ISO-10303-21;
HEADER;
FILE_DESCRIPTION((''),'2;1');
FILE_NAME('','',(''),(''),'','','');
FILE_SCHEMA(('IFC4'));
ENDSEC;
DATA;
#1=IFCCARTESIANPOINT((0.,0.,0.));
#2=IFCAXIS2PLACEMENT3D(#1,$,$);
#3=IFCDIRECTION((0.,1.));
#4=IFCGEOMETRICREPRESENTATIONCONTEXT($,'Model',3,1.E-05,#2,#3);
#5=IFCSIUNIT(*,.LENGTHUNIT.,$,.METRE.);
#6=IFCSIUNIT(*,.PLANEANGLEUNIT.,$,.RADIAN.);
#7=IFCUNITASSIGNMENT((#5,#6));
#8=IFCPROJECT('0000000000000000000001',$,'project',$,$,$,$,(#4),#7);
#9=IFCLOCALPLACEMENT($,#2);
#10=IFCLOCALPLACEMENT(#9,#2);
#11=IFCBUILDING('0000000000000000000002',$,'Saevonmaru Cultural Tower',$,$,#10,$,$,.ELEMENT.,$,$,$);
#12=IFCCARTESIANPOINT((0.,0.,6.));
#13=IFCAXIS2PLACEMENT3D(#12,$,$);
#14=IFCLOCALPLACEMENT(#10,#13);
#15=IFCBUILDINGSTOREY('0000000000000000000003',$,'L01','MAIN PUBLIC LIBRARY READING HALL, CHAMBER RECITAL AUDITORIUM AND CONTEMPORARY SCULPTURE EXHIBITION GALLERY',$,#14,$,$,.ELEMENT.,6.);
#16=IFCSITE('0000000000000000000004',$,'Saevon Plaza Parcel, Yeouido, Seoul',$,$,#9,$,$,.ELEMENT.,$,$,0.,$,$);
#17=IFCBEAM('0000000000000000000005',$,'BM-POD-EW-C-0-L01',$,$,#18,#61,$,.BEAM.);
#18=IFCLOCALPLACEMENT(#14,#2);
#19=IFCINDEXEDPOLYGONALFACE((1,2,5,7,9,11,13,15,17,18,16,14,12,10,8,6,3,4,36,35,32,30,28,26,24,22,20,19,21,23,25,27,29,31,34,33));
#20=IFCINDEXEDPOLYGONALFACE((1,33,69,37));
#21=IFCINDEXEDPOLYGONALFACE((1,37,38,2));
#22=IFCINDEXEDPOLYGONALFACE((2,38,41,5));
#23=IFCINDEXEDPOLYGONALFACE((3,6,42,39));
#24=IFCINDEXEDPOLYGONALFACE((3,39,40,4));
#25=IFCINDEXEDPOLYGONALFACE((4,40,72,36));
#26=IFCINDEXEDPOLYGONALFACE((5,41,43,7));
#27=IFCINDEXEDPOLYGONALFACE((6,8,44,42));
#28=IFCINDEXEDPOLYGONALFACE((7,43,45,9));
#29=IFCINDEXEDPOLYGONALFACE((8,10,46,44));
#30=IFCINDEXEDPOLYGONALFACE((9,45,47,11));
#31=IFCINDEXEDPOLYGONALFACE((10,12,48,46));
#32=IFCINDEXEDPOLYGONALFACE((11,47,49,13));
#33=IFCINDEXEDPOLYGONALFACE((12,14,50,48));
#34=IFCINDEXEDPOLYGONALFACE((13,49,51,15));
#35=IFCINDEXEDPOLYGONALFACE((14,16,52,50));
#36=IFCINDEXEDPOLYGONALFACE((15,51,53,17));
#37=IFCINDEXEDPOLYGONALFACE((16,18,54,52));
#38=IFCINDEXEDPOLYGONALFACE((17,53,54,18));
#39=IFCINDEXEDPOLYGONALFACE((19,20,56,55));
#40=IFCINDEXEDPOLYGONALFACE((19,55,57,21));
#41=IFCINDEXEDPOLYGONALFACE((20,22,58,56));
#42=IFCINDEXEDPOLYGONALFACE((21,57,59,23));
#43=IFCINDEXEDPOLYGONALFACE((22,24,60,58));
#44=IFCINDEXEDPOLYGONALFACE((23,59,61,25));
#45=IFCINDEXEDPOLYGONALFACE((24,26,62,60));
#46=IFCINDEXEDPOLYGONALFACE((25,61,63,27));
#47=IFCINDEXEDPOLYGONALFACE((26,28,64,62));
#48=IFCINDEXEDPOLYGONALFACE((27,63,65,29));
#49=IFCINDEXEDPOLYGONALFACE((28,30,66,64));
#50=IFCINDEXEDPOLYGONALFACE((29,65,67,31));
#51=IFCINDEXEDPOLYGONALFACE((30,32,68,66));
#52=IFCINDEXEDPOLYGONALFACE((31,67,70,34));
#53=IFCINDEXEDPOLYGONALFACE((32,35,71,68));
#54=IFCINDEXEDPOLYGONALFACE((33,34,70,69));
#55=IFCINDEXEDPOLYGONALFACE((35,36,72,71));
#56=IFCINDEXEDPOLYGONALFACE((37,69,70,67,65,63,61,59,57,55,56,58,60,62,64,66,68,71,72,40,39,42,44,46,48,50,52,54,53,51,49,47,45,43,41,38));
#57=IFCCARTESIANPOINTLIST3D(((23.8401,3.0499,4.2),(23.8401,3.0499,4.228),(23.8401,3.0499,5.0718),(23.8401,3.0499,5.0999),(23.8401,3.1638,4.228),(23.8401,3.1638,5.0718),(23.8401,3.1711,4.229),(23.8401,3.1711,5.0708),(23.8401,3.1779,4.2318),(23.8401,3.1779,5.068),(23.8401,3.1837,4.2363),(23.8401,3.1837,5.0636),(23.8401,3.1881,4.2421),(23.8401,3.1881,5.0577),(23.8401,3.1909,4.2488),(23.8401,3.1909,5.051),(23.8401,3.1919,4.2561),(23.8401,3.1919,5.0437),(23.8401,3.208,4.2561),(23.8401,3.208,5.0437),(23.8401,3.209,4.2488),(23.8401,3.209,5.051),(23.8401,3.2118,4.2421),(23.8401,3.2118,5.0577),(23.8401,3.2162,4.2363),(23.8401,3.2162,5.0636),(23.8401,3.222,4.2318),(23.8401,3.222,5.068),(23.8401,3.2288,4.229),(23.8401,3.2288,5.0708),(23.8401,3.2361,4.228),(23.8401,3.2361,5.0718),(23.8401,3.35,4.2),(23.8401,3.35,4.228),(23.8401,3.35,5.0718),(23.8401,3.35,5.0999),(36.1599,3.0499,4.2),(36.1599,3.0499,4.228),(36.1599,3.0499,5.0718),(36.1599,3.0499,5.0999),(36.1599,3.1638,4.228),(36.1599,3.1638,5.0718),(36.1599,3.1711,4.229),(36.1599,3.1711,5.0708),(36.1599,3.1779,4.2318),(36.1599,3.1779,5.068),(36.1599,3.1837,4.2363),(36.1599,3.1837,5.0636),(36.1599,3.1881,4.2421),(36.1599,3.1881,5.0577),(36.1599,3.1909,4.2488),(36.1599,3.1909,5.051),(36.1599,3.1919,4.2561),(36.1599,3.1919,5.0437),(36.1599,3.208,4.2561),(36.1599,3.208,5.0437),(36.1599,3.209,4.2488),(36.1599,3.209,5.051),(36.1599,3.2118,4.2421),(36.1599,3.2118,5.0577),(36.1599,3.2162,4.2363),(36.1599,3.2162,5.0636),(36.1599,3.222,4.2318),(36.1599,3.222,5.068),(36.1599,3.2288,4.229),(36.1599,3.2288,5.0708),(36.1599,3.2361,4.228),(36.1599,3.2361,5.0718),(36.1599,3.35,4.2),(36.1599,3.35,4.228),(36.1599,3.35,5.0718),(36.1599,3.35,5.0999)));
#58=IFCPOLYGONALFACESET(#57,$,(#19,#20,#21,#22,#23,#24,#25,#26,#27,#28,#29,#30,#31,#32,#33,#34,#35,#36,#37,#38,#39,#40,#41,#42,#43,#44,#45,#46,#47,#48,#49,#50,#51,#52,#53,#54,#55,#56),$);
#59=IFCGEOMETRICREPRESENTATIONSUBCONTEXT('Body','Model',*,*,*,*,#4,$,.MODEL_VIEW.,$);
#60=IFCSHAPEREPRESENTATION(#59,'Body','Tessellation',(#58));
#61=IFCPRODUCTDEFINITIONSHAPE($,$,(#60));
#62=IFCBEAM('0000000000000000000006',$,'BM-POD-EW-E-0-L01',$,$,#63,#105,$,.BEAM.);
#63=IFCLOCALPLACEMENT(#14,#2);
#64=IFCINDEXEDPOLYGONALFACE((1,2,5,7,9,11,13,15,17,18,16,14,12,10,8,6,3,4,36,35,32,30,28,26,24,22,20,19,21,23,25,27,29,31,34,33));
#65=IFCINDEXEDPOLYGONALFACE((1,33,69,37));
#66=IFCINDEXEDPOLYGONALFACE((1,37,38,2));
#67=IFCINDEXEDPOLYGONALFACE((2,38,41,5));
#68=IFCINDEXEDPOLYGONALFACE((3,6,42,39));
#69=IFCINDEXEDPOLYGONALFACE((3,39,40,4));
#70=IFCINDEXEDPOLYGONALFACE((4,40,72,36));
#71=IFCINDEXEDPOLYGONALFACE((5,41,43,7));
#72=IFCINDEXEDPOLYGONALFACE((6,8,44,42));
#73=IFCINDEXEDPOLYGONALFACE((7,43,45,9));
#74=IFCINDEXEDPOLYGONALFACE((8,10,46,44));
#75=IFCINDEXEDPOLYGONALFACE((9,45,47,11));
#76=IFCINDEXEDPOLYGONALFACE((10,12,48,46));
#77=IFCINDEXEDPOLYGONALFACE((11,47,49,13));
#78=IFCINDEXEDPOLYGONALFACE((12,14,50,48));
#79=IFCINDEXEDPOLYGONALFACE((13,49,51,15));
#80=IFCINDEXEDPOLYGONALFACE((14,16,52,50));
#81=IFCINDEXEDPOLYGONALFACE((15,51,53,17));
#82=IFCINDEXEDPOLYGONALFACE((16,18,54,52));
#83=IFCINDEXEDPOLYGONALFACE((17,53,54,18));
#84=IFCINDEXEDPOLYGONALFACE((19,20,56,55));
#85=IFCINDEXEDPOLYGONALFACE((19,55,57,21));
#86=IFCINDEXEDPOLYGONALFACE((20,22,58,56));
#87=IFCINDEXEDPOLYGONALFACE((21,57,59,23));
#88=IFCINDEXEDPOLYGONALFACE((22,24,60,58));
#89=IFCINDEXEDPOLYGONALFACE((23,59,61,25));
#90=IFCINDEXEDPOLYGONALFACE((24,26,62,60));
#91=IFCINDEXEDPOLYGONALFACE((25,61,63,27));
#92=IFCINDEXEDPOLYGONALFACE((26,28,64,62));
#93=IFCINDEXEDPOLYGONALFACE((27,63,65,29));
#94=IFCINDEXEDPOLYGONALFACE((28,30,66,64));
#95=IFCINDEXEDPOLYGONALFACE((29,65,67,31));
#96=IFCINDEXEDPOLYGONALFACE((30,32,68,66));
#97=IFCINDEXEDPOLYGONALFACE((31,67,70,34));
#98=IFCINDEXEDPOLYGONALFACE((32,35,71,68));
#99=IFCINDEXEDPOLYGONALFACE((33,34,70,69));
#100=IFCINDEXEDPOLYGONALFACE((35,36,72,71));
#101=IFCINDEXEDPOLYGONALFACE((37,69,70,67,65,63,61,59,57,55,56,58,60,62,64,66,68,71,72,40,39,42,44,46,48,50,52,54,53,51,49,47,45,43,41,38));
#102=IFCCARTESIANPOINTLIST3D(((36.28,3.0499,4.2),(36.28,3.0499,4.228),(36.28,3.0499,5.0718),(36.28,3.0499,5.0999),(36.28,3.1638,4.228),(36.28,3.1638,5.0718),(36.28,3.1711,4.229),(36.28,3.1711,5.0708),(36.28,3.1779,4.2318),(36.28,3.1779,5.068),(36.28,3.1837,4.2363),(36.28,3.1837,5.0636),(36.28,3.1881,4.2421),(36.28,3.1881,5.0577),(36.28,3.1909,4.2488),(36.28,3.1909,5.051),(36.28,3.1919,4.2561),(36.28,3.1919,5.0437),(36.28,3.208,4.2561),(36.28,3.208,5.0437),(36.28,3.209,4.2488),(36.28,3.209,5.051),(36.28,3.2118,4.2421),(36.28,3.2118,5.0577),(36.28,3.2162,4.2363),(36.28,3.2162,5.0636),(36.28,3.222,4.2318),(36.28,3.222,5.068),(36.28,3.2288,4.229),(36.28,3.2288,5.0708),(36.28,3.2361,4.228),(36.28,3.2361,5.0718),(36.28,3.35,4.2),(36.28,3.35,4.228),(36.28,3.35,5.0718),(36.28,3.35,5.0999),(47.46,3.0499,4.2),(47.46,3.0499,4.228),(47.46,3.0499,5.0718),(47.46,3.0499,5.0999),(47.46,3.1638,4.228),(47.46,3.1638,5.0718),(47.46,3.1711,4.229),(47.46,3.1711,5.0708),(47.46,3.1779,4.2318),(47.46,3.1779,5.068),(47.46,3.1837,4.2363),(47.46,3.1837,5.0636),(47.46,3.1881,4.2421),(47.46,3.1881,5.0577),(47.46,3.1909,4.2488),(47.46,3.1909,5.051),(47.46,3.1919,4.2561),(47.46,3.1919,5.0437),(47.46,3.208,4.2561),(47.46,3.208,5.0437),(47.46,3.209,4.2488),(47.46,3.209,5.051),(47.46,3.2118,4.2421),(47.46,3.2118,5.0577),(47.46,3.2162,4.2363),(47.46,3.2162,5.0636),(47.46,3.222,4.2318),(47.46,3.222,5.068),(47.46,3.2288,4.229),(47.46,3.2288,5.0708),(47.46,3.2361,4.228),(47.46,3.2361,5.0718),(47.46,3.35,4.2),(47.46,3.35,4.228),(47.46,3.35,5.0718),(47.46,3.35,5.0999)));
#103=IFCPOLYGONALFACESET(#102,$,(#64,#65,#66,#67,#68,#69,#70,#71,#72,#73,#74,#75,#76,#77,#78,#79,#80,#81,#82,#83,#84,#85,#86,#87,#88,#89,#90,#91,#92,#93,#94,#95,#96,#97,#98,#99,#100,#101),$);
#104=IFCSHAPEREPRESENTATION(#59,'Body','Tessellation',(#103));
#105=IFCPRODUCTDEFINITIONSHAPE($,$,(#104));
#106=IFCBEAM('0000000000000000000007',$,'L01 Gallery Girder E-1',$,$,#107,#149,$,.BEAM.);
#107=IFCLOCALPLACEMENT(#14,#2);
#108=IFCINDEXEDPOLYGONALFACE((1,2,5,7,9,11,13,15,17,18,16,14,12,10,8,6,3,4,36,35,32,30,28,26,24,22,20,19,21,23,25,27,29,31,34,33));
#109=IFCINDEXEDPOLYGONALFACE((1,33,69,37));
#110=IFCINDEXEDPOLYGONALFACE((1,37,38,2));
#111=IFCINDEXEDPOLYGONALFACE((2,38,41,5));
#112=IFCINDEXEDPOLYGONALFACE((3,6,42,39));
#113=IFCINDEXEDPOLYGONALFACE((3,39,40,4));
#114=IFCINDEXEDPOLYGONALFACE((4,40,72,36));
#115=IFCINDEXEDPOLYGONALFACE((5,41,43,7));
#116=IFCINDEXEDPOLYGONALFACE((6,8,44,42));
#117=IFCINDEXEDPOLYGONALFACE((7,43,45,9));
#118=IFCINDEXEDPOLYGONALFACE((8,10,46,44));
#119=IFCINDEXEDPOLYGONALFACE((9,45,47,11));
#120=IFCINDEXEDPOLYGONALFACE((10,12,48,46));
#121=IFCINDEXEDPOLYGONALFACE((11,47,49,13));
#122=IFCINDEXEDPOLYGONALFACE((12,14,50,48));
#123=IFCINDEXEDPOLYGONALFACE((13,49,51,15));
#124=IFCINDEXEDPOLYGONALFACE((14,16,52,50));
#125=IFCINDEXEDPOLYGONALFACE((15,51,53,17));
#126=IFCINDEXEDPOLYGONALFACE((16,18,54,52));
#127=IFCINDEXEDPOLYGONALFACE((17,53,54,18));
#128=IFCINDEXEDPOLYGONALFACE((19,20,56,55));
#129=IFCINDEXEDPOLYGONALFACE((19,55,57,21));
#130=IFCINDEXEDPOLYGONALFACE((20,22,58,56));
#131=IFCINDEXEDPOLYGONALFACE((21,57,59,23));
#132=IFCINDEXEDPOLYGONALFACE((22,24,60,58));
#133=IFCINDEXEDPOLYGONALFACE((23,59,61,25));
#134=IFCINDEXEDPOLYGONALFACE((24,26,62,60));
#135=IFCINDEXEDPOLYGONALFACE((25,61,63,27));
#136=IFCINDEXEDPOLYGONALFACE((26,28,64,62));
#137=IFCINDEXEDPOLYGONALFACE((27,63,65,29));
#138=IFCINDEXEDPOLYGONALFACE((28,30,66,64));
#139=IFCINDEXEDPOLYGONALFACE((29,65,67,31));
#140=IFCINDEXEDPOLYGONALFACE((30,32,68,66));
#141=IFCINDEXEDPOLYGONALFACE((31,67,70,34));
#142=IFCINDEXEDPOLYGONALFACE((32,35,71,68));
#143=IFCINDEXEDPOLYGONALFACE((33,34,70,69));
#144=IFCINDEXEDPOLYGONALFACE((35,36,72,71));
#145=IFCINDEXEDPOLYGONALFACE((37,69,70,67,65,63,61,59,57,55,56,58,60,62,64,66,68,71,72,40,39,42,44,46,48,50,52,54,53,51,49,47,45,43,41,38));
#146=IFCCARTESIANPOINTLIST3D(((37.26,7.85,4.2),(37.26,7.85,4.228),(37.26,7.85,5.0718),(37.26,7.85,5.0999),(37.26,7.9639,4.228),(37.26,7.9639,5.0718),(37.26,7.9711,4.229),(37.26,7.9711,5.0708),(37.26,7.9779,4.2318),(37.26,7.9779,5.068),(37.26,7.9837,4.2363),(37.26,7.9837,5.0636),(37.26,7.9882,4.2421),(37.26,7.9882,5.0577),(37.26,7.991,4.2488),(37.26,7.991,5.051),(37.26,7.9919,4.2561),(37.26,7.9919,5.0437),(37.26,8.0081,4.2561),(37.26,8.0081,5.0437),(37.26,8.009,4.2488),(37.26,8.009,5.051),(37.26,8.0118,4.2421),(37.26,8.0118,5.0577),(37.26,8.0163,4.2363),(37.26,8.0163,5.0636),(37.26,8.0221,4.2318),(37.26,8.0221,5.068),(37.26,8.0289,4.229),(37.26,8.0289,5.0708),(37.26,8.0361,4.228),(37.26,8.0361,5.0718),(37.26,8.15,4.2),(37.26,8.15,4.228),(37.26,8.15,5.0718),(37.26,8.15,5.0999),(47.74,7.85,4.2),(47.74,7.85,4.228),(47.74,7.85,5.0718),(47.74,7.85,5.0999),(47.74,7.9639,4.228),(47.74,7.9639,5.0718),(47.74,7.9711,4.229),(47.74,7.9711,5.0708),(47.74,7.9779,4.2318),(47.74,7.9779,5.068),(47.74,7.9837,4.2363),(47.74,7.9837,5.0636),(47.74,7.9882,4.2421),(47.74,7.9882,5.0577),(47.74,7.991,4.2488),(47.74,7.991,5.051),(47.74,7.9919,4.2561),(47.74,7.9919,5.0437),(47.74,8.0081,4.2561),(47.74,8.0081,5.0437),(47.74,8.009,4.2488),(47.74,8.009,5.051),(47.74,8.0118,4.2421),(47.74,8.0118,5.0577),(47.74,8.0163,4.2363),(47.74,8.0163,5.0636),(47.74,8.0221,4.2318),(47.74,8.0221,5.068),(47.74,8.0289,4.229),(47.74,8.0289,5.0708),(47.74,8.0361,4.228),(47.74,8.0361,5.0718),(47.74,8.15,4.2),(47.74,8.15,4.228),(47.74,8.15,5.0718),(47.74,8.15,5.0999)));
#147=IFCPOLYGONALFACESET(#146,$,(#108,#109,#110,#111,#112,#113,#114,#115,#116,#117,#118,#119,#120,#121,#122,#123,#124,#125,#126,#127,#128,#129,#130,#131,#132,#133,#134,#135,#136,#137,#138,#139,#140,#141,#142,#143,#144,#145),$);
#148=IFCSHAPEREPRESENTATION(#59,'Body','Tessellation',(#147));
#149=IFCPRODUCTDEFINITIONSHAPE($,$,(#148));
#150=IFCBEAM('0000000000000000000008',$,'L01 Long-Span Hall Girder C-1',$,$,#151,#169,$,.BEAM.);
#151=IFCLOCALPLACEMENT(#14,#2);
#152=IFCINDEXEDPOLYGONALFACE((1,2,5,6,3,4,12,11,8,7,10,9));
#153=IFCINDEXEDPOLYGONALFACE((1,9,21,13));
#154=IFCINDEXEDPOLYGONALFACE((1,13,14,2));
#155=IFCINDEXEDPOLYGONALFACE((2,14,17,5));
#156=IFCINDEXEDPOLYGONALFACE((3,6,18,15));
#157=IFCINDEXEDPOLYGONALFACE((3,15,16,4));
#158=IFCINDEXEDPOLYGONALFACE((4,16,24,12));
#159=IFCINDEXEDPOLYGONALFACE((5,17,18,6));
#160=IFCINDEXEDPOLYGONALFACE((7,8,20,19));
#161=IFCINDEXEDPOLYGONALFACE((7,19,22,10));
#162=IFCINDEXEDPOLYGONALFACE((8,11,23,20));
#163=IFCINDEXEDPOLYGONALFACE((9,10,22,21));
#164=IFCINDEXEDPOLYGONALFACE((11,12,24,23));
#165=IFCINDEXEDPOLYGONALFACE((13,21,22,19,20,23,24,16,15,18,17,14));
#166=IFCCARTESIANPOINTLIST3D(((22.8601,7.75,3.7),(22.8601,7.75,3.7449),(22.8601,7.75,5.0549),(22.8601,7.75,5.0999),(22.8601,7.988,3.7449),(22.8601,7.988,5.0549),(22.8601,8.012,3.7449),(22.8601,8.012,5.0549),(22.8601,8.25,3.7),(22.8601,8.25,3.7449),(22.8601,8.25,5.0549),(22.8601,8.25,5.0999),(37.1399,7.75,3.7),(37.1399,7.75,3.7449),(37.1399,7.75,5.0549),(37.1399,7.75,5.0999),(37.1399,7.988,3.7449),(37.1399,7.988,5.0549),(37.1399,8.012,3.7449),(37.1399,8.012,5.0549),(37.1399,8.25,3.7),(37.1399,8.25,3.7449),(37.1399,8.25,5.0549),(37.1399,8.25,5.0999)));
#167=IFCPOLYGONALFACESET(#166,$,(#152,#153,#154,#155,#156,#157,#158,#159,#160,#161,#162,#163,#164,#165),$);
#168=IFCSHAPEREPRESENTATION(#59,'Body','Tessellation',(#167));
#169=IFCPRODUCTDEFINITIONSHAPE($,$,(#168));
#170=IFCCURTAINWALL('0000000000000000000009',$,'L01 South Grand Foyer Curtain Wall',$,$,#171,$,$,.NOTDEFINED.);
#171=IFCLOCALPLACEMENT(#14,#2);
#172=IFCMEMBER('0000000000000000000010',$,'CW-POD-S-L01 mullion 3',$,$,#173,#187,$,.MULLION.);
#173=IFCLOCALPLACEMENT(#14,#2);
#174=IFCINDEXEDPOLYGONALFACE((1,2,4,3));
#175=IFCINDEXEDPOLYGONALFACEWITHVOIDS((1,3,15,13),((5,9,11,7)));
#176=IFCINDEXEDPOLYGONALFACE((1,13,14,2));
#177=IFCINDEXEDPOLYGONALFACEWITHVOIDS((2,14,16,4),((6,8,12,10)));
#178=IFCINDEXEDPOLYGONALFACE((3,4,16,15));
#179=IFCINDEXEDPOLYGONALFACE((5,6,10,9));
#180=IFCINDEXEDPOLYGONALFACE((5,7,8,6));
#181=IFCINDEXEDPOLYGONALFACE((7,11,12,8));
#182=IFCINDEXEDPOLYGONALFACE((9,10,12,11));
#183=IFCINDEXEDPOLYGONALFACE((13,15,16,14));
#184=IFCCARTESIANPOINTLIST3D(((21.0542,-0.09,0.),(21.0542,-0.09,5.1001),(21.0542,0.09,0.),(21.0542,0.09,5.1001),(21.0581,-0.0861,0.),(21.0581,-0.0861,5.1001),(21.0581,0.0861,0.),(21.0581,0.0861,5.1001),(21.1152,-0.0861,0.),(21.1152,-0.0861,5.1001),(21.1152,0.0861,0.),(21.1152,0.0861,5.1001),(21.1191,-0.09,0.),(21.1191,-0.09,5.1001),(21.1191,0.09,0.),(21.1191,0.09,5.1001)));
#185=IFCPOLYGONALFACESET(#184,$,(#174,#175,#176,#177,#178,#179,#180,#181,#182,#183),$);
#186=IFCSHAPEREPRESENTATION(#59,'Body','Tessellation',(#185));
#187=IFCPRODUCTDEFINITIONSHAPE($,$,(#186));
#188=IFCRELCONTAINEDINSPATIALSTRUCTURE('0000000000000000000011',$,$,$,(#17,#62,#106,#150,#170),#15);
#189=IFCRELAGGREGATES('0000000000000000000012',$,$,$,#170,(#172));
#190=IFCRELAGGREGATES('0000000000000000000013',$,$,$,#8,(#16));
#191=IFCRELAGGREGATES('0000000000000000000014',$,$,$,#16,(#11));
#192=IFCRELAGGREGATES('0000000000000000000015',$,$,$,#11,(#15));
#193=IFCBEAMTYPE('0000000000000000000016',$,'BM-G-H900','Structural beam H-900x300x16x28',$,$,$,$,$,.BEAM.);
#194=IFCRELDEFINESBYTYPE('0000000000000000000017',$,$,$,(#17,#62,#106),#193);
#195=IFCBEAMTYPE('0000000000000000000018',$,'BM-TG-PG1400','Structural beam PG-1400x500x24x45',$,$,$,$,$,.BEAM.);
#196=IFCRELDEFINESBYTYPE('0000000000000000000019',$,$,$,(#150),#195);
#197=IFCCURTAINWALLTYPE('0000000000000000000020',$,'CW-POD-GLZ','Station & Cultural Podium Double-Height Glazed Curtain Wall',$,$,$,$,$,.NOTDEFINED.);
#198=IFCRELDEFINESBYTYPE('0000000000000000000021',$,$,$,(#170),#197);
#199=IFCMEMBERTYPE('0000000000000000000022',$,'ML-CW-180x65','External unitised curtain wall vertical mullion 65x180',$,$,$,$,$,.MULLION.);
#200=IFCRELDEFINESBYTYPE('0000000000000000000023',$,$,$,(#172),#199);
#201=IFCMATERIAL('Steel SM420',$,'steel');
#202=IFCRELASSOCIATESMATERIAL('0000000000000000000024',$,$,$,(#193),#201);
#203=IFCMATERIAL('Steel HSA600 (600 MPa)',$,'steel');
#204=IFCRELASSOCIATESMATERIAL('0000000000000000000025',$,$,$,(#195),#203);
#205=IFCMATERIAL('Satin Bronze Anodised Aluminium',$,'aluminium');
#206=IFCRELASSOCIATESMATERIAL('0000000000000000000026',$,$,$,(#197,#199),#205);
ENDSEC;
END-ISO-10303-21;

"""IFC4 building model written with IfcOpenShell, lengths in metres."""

from ifc_helpers import new_model, si_unit, direction, frame, origin, origin_2d, place, context, subcontext, project, spatial, hollow_rectangle, i_section, extrude, material, material_profile, profile_set, type_object, element, aggregate, save


model = new_model("IFC4")

# Units and contexts
model_context = context("Model", 3, precision=1e-05, world=origin(), true_north=direction((0.0, 1.0)))
body_context = subcontext(model_context, "Body", "Model", "MODEL_VIEW")
ifc_project = project(units=[si_unit("LENGTHUNIT", "METRE"), si_unit("PLANEANGLEUNIT", "RADIAN")], contexts=[model_context])

# Site, building, storey
site_placement = place(None, origin())
site = spatial("IfcSite", under=ifc_project, at=site_placement, Name="Saevon Plaza Parcel, Yeouido, Seoul", CompositionType="ELEMENT", RefElevation=0.0)
building_placement = place(site_placement, origin())
building = spatial("IfcBuilding", under=site, at=building_placement, Name="Saevonmaru Cultural Tower", CompositionType="ELEMENT")
storey_placement = place(building_placement, frame((0.0, 0.0, 6.0)))
storey = spatial("IfcBuildingStorey", under=building, at=storey_placement, Name="L01", Description="MAIN PUBLIC LIBRARY READING HALL, CHAMBER RECITAL AUDITORIUM AND CONTEMPORARY SCULPTURE EXHIBITION GALLERY", CompositionType="ELEMENT", Elevation=6.0)

# Shared definitions
ifc_material_1 = material(Name="Steel SM420", Category="steel")
ifc_material_2 = material(Name="Steel HSA600 (600 MPa)", Category="steel")

# Beams
ifc_material_profile_1 = material_profile(ifc_material_1, i_section(OverallWidth=0.3, OverallDepth=0.8999, WebThickness=0.0161, FlangeThickness=0.0281, FilletRadius=0.0281, at=origin_2d()), Name="H-900x300x16x28")
ifc_profile_set_1 = profile_set([ifc_material_profile_1], Name="Steel SM420")
beam_type_1 = type_object("IfcBeamType", Name="BM-G-H900", Description="Structural beam H-900x300x16x28", PredefinedType="BEAM", material=ifc_profile_set_1)
beam_1_placement = place(storey_placement, frame((23.8401, 3.2, 4.6499), z_axis=(1.0, 0.0, 0.0), x_axis=(0.0, 1.0, 0.0)))
element("IfcBeam", 1, at=beam_1_placement, inside=storey, type_object=beam_type_1, Name="BM-POD-EW-C-0-L01", PredefinedType="BEAM", context=body_context, shape_type="SweptSolid", body=[
    extrude(i_section(OverallWidth=0.3, OverallDepth=0.8999, WebThickness=0.0161, FlangeThickness=0.0281, FilletRadius=0.0281, at=origin_2d()), origin(), (0.0, 0.0, 1.0), 12.3198),
])
beam_2_placement = place(storey_placement, frame((36.28, 3.2, 4.6499), z_axis=(1.0, 0.0, 0.0), x_axis=(0.0, 1.0, 0.0)))
element("IfcBeam", 2, at=beam_2_placement, inside=storey, type_object=beam_type_1, Name="BM-POD-EW-E-0-L01", PredefinedType="BEAM", context=body_context, shape_type="SweptSolid", body=[
    extrude(i_section(OverallWidth=0.3, OverallDepth=0.8999, WebThickness=0.0161, FlangeThickness=0.0281, FilletRadius=0.0281, at=origin_2d()), origin(), (0.0, 0.0, 1.0), 11.1799),
])
beam_3_placement = place(storey_placement, frame((37.26, 8.0, 4.6499), z_axis=(1.0, 0.0, 0.0), x_axis=(0.0, 1.0, 0.0)))
element("IfcBeam", 3, at=beam_3_placement, inside=storey, type_object=beam_type_1, Name="L01 Gallery Girder E-1", PredefinedType="BEAM", context=body_context, shape_type="SweptSolid", body=[
    extrude(i_section(OverallWidth=0.3, OverallDepth=0.8999, WebThickness=0.0161, FlangeThickness=0.0281, FilletRadius=0.0281, at=origin_2d()), origin(), (0.0, 0.0, 1.0), 10.48),
])
ifc_material_profile_2 = material_profile(ifc_material_2, i_section(OverallWidth=0.5, OverallDepth=1.3999, WebThickness=0.0239, FlangeThickness=0.0449, at=origin_2d()), Name="PG-1400x500x24x45")
ifc_profile_set_2 = profile_set([ifc_material_profile_2], Name="Steel HSA600 (600 MPa)")
beam_type_2 = type_object("IfcBeamType", Name="BM-TG-PG1400", Description="Structural beam PG-1400x500x24x45", PredefinedType="BEAM", material=ifc_profile_set_2)
beam_4_placement = place(storey_placement, frame((22.8601, 8.0, 4.3999), z_axis=(1.0, 0.0, 0.0), x_axis=(0.0, 1.0, 0.0)))
element("IfcBeam", 4, at=beam_4_placement, inside=storey, type_object=beam_type_2, Name="L01 Long-Span Hall Girder C-1", PredefinedType="BEAM", context=body_context, shape_type="SweptSolid", body=[
    extrude(i_section(OverallWidth=0.5, OverallDepth=1.3999, WebThickness=0.0239, FlangeThickness=0.0449, at=origin_2d()), origin(), (0.0, 0.0, 1.0), 14.2798),
])

# Curtain wall, member
ifc_material_3 = material(Name="Satin Bronze Anodised Aluminium", Category="aluminium")
curtain_wall_type = type_object("IfcCurtainWallType", Name="CW-POD-GLZ", Description="Station & Cultural Podium Double-Height Glazed Curtain Wall", PredefinedType="NOTDEFINED", material=ifc_material_3)
curtain_wall_placement = place(storey_placement, origin())
curtain_wall = element("IfcCurtainWall", 5, at=curtain_wall_placement, inside=storey, type_object=curtain_wall_type, Name="L01 South Grand Foyer Curtain Wall", PredefinedType="NOTDEFINED")
ifc_material_profile_3 = material_profile(ifc_material_3, hollow_rectangle(XDim=0.0649, YDim=0.1799, WallThickness=0.0039, at=origin_2d()), Name="ALU-MULL-180x65x4")
ifc_profile_set_3 = profile_set([ifc_material_profile_3], Name="Satin Bronze Anodised Aluminium")
member_type_1 = type_object("IfcMemberType", Name="ML-CW-180x65", Description="External unitised curtain wall vertical mullion 65x180", PredefinedType="MULLION", material=ifc_profile_set_3)
member_1_placement = place(storey_placement, frame((21.0867, 0.0, 0.0), z_axis=(0.0, 0.0, 1.0), x_axis=(1.0, 0.0, 0.0)))
member_1 = element("IfcMember", 6, at=member_1_placement, type_object=member_type_1, Name="CW-POD-S-L01 mullion 3", PredefinedType="MULLION", context=body_context, shape_type="SweptSolid", body=[
    extrude(hollow_rectangle(XDim=0.0649, YDim=0.1799, WallThickness=0.0039, at=origin_2d()), origin(), (0.0, 0.0, 1.0), 5.1001),
])
aggregate(curtain_wall, [member_1])

save(model, "model.ifc")
